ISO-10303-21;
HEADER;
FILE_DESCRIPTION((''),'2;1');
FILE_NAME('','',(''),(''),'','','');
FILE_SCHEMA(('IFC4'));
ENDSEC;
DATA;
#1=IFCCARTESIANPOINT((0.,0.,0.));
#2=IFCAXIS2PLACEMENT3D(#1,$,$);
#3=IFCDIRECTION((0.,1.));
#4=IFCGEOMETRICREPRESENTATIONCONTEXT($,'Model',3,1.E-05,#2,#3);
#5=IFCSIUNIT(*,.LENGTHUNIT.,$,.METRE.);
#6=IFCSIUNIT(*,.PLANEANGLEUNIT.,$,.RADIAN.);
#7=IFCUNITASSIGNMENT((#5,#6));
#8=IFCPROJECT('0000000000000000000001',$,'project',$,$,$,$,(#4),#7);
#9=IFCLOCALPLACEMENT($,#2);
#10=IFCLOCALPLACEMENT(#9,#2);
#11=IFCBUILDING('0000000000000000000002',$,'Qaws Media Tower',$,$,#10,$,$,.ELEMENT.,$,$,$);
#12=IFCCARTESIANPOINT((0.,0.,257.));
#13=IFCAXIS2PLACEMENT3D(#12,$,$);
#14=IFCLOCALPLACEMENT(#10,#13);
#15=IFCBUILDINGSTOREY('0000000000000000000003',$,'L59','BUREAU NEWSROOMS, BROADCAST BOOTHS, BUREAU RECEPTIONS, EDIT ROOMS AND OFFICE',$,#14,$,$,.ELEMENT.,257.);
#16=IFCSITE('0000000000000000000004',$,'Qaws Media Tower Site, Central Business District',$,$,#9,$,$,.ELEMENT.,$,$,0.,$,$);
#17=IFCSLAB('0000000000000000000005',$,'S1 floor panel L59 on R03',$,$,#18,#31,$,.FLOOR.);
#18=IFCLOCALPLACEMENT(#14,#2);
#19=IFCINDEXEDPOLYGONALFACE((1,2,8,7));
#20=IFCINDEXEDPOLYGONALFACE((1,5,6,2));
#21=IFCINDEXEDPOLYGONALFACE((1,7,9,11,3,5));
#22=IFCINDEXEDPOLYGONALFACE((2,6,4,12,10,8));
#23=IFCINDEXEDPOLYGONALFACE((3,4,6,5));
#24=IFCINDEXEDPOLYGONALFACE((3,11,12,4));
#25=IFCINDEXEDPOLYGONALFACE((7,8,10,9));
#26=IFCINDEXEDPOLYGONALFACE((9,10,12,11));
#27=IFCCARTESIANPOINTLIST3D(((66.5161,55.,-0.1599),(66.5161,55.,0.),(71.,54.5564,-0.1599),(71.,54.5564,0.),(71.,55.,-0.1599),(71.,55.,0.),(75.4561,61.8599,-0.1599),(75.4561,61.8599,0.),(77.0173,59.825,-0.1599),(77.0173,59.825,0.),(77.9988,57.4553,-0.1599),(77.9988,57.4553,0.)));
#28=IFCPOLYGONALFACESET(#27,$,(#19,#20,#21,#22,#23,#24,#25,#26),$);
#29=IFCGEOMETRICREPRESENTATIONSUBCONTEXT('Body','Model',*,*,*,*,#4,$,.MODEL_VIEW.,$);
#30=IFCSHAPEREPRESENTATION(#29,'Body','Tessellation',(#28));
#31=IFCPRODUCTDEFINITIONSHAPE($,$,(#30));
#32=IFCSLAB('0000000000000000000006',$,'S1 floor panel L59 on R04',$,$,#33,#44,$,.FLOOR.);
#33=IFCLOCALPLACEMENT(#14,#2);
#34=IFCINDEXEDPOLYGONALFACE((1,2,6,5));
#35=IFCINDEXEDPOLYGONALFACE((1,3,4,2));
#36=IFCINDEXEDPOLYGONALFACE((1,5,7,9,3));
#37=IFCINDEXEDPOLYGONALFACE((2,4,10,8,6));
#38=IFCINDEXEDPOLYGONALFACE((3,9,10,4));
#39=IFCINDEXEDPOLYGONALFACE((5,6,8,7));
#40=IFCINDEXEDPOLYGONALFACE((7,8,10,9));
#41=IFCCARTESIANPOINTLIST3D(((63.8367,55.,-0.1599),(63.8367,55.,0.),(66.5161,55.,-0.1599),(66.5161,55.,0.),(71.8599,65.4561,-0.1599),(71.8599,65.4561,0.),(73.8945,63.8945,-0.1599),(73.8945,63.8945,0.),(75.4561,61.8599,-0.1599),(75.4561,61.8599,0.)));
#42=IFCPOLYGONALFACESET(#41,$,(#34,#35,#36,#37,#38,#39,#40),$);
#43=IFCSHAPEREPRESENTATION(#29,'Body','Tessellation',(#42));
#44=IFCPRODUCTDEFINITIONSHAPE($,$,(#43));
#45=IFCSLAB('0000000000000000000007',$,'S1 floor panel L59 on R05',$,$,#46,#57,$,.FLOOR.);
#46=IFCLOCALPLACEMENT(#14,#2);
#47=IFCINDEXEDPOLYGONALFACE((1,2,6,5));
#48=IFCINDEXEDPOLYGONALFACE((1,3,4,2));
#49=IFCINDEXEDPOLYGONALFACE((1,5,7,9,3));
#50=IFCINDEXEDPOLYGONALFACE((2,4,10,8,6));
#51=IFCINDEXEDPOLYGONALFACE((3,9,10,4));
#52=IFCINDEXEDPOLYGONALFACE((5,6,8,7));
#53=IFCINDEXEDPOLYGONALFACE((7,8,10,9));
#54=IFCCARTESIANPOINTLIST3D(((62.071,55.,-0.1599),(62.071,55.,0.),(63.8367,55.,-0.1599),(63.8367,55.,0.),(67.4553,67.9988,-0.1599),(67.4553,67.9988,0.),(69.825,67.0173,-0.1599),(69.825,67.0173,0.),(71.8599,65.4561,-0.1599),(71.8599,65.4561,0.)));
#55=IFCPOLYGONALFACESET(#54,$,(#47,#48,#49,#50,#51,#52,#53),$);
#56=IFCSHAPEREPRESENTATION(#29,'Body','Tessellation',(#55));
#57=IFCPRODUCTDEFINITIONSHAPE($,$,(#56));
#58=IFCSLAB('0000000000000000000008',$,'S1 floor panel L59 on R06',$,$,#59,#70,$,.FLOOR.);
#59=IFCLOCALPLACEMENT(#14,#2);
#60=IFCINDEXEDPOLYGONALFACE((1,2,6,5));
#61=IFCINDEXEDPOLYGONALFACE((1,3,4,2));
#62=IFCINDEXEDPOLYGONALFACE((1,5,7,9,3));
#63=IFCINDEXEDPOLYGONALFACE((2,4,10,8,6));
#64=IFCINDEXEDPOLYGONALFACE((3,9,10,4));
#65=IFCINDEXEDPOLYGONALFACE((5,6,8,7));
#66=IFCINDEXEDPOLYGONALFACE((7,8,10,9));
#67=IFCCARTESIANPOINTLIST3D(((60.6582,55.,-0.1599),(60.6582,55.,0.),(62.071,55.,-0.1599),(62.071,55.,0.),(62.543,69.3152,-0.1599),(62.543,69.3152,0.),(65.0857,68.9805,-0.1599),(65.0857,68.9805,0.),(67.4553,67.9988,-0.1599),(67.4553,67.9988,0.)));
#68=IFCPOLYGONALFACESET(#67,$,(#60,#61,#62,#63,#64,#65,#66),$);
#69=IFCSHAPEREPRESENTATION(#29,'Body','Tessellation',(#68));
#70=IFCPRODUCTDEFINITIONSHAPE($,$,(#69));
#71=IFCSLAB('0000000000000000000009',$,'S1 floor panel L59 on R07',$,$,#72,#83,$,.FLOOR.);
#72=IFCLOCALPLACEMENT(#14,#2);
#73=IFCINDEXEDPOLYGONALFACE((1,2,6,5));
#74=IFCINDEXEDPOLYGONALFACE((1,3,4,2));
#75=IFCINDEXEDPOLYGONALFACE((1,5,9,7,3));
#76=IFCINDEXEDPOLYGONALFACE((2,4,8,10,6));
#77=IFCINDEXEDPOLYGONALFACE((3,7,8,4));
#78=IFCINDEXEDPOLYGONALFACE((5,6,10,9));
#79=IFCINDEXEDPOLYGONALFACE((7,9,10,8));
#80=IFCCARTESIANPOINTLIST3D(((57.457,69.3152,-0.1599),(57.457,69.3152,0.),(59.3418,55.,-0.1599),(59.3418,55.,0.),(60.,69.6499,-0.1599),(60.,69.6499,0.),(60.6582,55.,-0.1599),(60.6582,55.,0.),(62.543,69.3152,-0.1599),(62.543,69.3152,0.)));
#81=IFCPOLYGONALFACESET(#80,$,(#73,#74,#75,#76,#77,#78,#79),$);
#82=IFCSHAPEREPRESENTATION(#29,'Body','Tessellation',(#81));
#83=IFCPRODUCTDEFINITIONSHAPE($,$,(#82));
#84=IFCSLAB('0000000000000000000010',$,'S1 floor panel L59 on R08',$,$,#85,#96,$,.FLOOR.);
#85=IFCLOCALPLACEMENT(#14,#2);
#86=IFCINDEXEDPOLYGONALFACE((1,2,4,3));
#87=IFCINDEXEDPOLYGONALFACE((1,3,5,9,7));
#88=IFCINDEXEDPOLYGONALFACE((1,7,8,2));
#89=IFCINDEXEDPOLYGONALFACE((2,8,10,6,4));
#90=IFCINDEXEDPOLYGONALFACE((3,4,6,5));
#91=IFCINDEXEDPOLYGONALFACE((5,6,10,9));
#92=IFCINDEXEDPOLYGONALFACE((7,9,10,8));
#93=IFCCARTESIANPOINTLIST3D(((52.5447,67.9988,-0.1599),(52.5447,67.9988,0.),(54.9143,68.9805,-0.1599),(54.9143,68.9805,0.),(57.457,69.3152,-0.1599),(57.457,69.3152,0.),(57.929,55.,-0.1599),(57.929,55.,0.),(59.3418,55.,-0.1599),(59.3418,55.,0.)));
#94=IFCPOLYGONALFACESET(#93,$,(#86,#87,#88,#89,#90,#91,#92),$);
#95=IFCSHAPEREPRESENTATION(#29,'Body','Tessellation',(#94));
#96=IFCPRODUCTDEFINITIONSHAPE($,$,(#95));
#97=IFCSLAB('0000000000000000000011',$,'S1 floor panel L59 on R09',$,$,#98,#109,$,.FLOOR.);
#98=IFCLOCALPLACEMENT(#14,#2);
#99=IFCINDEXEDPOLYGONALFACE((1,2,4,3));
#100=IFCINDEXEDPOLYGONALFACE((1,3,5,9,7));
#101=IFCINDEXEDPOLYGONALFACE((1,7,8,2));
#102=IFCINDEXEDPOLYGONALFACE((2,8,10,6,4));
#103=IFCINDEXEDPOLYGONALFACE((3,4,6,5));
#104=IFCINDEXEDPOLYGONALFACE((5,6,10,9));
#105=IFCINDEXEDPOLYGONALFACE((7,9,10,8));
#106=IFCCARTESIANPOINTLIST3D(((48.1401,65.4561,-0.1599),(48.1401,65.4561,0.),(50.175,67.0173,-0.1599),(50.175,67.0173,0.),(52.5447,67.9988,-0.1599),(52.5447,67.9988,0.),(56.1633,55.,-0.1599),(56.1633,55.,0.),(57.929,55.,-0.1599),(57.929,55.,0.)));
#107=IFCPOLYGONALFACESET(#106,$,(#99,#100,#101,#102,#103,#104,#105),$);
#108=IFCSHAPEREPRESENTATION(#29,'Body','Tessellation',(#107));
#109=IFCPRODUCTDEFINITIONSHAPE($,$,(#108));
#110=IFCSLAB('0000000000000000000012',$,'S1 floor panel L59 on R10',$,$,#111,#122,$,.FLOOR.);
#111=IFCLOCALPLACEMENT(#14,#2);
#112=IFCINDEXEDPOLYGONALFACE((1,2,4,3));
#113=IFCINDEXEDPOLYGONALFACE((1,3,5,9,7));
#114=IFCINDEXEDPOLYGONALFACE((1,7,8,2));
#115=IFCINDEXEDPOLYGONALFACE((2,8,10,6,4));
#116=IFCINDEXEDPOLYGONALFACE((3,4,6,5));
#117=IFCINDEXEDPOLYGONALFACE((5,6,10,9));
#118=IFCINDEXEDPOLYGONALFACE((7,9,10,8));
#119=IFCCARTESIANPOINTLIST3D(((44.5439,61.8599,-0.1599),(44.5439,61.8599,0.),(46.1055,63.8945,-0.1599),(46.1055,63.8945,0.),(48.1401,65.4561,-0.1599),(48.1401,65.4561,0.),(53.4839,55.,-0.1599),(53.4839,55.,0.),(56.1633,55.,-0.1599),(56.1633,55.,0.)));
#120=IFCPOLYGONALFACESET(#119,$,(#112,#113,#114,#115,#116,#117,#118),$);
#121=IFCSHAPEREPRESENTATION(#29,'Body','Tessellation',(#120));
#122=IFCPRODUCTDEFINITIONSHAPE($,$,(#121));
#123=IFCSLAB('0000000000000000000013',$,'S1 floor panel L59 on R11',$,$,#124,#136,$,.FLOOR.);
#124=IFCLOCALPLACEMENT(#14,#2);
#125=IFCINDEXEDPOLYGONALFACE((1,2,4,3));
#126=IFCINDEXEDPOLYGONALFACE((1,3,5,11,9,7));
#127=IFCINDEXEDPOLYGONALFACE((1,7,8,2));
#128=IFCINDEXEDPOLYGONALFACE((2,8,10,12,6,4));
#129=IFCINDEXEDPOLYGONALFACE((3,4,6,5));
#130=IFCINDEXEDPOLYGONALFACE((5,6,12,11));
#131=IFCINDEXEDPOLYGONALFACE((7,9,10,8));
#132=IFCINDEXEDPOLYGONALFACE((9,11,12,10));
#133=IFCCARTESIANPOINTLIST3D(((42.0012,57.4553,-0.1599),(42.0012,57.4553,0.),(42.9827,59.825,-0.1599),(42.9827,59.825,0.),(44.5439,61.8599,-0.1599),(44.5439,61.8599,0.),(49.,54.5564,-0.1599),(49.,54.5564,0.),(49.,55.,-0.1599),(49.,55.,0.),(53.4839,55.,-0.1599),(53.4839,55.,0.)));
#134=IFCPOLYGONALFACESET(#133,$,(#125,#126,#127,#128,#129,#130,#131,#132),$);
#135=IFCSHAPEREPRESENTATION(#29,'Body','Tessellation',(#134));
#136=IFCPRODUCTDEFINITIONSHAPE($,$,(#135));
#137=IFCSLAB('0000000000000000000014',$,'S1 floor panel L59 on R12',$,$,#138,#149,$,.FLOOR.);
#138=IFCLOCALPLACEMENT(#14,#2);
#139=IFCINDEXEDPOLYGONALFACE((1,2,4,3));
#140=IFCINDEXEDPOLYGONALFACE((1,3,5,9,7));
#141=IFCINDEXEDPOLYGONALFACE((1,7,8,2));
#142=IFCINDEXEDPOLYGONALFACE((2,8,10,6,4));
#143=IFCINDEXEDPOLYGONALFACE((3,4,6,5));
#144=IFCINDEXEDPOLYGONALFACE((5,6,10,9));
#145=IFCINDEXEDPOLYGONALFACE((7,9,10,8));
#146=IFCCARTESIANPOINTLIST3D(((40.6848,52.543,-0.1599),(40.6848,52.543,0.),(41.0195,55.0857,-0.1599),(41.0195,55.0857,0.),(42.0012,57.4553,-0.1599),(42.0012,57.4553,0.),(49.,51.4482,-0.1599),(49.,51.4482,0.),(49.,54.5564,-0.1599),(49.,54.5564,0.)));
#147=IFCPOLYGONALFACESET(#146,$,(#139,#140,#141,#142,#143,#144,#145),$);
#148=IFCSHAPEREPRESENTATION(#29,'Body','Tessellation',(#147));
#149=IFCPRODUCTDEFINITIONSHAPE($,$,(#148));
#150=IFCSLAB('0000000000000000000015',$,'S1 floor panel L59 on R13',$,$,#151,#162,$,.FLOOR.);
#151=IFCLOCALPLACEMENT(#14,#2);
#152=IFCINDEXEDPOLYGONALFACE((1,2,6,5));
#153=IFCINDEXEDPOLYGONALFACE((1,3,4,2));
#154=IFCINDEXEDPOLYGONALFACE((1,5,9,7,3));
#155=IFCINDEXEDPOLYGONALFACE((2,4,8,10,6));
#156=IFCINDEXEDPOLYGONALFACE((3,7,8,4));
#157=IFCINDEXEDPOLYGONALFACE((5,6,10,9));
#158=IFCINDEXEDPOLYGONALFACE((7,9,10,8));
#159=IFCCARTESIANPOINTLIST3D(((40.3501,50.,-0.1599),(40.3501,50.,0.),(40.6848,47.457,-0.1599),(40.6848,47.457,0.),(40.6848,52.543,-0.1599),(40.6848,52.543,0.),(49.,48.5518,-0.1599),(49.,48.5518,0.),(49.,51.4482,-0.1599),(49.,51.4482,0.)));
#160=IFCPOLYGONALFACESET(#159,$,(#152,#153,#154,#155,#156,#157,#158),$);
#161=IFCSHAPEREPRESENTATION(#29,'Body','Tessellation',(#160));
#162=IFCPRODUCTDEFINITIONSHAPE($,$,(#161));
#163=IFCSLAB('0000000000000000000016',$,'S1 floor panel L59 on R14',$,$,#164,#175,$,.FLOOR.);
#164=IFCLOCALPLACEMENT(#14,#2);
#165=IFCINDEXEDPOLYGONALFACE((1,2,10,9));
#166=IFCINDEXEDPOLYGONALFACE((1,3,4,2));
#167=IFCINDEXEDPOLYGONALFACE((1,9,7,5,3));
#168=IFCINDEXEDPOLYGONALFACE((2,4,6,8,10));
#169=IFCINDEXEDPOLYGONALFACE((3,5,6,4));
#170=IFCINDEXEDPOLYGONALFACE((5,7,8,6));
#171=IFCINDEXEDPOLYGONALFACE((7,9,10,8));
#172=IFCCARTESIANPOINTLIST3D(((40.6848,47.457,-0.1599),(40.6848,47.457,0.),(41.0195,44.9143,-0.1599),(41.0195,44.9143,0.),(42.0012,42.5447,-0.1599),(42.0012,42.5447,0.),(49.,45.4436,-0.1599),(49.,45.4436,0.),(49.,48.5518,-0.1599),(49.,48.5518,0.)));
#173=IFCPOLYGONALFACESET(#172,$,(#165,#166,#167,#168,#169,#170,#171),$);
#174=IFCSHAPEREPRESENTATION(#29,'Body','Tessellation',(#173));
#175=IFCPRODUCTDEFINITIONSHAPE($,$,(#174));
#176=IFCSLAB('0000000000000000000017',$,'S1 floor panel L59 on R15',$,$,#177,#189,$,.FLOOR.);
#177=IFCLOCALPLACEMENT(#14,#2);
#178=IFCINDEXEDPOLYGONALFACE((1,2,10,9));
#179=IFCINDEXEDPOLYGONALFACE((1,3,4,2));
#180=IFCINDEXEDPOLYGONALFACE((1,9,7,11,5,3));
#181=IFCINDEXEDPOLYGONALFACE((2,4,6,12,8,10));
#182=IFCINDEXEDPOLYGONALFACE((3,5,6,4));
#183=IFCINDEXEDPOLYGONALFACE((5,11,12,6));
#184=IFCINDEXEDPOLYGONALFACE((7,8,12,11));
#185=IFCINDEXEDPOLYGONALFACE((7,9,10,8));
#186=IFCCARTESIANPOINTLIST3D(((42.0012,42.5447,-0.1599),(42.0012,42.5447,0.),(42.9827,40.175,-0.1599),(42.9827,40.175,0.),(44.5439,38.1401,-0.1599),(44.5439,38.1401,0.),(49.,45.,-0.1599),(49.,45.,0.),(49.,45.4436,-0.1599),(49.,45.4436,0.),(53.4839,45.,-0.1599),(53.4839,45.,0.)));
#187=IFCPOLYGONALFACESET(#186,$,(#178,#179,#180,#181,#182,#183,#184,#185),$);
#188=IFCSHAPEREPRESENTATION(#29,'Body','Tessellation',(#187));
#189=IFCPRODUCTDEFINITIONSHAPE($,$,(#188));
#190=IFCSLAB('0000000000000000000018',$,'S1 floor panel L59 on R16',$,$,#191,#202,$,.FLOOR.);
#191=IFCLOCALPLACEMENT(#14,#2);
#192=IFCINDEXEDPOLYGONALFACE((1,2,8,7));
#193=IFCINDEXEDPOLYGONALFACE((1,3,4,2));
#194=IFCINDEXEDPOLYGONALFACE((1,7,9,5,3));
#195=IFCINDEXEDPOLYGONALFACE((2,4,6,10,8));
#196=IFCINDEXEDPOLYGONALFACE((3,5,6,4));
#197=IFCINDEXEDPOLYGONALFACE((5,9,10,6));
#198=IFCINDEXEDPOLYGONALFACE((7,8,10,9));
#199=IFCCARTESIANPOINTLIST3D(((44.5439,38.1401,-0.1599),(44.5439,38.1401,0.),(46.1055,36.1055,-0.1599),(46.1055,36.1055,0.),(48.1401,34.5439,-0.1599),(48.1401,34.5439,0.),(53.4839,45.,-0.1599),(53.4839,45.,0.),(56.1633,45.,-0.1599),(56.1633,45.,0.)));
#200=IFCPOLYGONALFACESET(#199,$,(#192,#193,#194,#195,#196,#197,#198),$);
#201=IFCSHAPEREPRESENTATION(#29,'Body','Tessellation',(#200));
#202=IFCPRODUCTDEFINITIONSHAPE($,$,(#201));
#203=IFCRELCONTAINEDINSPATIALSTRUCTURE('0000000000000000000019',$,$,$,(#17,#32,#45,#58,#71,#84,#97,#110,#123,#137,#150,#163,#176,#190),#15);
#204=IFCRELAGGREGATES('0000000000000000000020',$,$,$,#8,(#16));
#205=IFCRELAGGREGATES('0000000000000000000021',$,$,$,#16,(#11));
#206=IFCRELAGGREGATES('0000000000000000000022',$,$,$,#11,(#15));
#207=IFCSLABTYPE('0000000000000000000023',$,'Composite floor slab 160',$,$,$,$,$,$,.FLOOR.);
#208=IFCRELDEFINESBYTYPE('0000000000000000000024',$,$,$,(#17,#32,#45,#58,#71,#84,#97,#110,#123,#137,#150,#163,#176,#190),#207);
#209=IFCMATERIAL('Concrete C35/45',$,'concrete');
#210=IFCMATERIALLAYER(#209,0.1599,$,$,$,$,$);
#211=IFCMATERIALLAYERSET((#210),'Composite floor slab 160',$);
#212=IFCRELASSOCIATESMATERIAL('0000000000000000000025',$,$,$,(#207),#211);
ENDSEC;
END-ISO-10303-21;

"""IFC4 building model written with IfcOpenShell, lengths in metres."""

from ifc_helpers import new_model, si_unit, direction, frame, origin, place, context, subcontext, project, spatial, polyline, outline, extrude, material, layer, layer_set, type_object, element, save


model = new_model("IFC4")

# Units and contexts
model_context = context("Model", 3, precision=1e-05, world=origin(), true_north=direction((0.0, 1.0)))
body_context = subcontext(model_context, "Body", "Model", "MODEL_VIEW")
ifc_project = project(units=[si_unit("LENGTHUNIT", "METRE"), si_unit("PLANEANGLEUNIT", "RADIAN")], contexts=[model_context])

# Site, building, storey
site_placement = place(None, origin())
site = spatial("IfcSite", under=ifc_project, at=site_placement, Name="Qaws Media Tower Site, Central Business District", CompositionType="ELEMENT", RefElevation=0.0)
building_placement = place(site_placement, origin())
building = spatial("IfcBuilding", under=site, at=building_placement, Name="Qaws Media Tower", CompositionType="ELEMENT")
storey_placement = place(building_placement, frame((0.0, 0.0, 257.0)))
storey = spatial("IfcBuildingStorey", under=building, at=storey_placement, Name="L59", Description="BUREAU NEWSROOMS, BROADCAST BOOTHS, BUREAU RECEPTIONS, EDIT ROOMS AND OFFICE", CompositionType="ELEMENT", Elevation=257.0)

# Slabs
ifc_material_1 = material(Name="Concrete C35/45", Category="concrete")
ifc_layer_1 = layer(ifc_material_1, 0.1599)
ifc_layer_set_1 = layer_set([ifc_layer_1], Name="Composite floor slab 160")
slab_type_1 = type_object("IfcSlabType", Name="Composite floor slab 160", PredefinedType="FLOOR", material=ifc_layer_set_1)
slab_1_placement = place(storey_placement, frame((0.0, 0.0, -0.1599)))
element("IfcSlab", 1, at=slab_1_placement, inside=storey, type_object=slab_type_1, Name="S1 floor panel L59 on R03", PredefinedType="FLOOR", context=body_context, shape_type="SweptSolid", body=[
    extrude(outline(polyline([(77.0173, 59.825), (77.9988, 57.4553), (71.0, 54.5564), (71.0, 55.0), (66.5161, 55.0), (75.4561, 61.8599), (77.0173, 59.825)])), origin(), (0.0, 0.0, 1.0), 0.1599),
])
slab_2_placement = place(storey_placement, frame((0.0, 0.0, -0.1599)))
element("IfcSlab", 2, at=slab_2_placement, inside=storey, type_object=slab_type_1, Name="S1 floor panel L59 on R04", PredefinedType="FLOOR", context=body_context, shape_type="SweptSolid", body=[
    extrude(outline(polyline([(73.8945, 63.8945), (75.4561, 61.8599), (66.5161, 55.0), (63.8367, 55.0), (71.8599, 65.4561), (73.8945, 63.8945)])), origin(), (0.0, 0.0, 1.0), 0.1599),
])
slab_3_placement = place(storey_placement, frame((0.0, 0.0, -0.1599)))
element("IfcSlab", 3, at=slab_3_placement, inside=storey, type_object=slab_type_1, Name="S1 floor panel L59 on R05", PredefinedType="FLOOR", context=body_context, shape_type="SweptSolid", body=[
    extrude(outline(polyline([(69.825, 67.0173), (71.8599, 65.4561), (63.8367, 55.0), (62.071, 55.0), (67.4553, 67.9988), (69.825, 67.0173)])), origin(), (0.0, 0.0, 1.0), 0.1599),
])
slab_4_placement = place(storey_placement, frame((0.0, 0.0, -0.1599)))
element("IfcSlab", 4, at=slab_4_placement, inside=storey, type_object=slab_type_1, Name="S1 floor panel L59 on R06", PredefinedType="FLOOR", context=body_context, shape_type="SweptSolid", body=[
    extrude(outline(polyline([(65.0857, 68.9805), (67.4553, 67.9988), (62.071, 55.0), (60.6582, 55.0), (62.543, 69.3152), (65.0857, 68.9805)])), origin(), (0.0, 0.0, 1.0), 0.1599),
])
slab_5_placement = place(storey_placement, frame((0.0, 0.0, -0.1599)))
element("IfcSlab", 5, at=slab_5_placement, inside=storey, type_object=slab_type_1, Name="S1 floor panel L59 on R07", PredefinedType="FLOOR", context=body_context, shape_type="SweptSolid", body=[
    extrude(outline(polyline([(60.0, 69.6499), (62.543, 69.3152), (60.6582, 55.0), (59.3418, 55.0), (57.457, 69.3152), (60.0, 69.6499)])), origin(), (0.0, 0.0, 1.0), 0.1599),
])
slab_6_placement = place(storey_placement, frame((0.0, 0.0, -0.1599)))
element("IfcSlab", 6, at=slab_6_placement, inside=storey, type_object=slab_type_1, Name="S1 floor panel L59 on R08", PredefinedType="FLOOR", context=body_context, shape_type="SweptSolid", body=[
    extrude(outline(polyline([(54.9143, 68.9805), (57.457, 69.3152), (59.3418, 55.0), (57.929, 55.0), (52.5447, 67.9988), (54.9143, 68.9805)])), origin(), (0.0, 0.0, 1.0), 0.1599),
])
slab_7_placement = place(storey_placement, frame((0.0, 0.0, -0.1599)))
element("IfcSlab", 7, at=slab_7_placement, inside=storey, type_object=slab_type_1, Name="S1 floor panel L59 on R09", PredefinedType="FLOOR", context=body_context, shape_type="SweptSolid", body=[
    extrude(outline(polyline([(50.175, 67.0173), (52.5447, 67.9988), (57.929, 55.0), (56.1633, 55.0), (48.1401, 65.4561), (50.175, 67.0173)])), origin(), (0.0, 0.0, 1.0), 0.1599),
])
slab_8_placement = place(storey_placement, frame((0.0, 0.0, -0.1599)))
element("IfcSlab", 8, at=slab_8_placement, inside=storey, type_object=slab_type_1, Name="S1 floor panel L59 on R10", PredefinedType="FLOOR", context=body_context, shape_type="SweptSolid", body=[
    extrude(outline(polyline([(46.1055, 63.8945), (48.1401, 65.4561), (56.1633, 55.0), (53.4839, 55.0), (44.5439, 61.8599), (46.1055, 63.8945)])), origin(), (0.0, 0.0, 1.0), 0.1599),
])
slab_9_placement = place(storey_placement, frame((0.0, 0.0, -0.1599)))
element("IfcSlab", 9, at=slab_9_placement, inside=storey, type_object=slab_type_1, Name="S1 floor panel L59 on R11", PredefinedType="FLOOR", context=body_context, shape_type="SweptSolid", body=[
    extrude(outline(polyline([(42.9827, 59.825), (44.5439, 61.8599), (53.4839, 55.0), (49.0, 55.0), (49.0, 54.5564), (42.0012, 57.4553), (42.9827, 59.825)])), origin(), (0.0, 0.0, 1.0), 0.1599),
])
slab_10_placement = place(storey_placement, frame((0.0, 0.0, -0.1599)))
element("IfcSlab", 10, at=slab_10_placement, inside=storey, type_object=slab_type_1, Name="S1 floor panel L59 on R12", PredefinedType="FLOOR", context=body_context, shape_type="SweptSolid", body=[
    extrude(outline(polyline([(41.0195, 55.0857), (42.0012, 57.4553), (49.0, 54.5564), (49.0, 51.4482), (40.6848, 52.543), (41.0195, 55.0857)])), origin(), (0.0, 0.0, 1.0), 0.1599),
])
slab_11_placement = place(storey_placement, frame((0.0, 0.0, -0.1599)))
element("IfcSlab", 11, at=slab_11_placement, inside=storey, type_object=slab_type_1, Name="S1 floor panel L59 on R13", PredefinedType="FLOOR", context=body_context, shape_type="SweptSolid", body=[
    extrude(outline(polyline([(40.3501, 50.0), (40.6848, 52.543), (49.0, 51.4482), (49.0, 48.5518), (40.6848, 47.457), (40.3501, 50.0)])), origin(), (0.0, 0.0, 1.0), 0.1599),
])
slab_12_placement = place(storey_placement, frame((0.0, 0.0, -0.1599)))
element("IfcSlab", 12, at=slab_12_placement, inside=storey, type_object=slab_type_1, Name="S1 floor panel L59 on R14", PredefinedType="FLOOR", context=body_context, shape_type="SweptSolid", body=[
    extrude(outline(polyline([(41.0195, 44.9143), (40.6848, 47.457), (49.0, 48.5518), (49.0, 45.4436), (42.0012, 42.5447), (41.0195, 44.9143)])), origin(), (0.0, 0.0, 1.0), 0.1599),
])
slab_13_placement = place(storey_placement, frame((0.0, 0.0, -0.1599)))
element("IfcSlab", 13, at=slab_13_placement, inside=storey, type_object=slab_type_1, Name="S1 floor panel L59 on R15", PredefinedType="FLOOR", context=body_context, shape_type="SweptSolid", body=[
    extrude(outline(polyline([(42.9827, 40.175), (42.0012, 42.5447), (49.0, 45.4436), (49.0, 45.0), (53.4839, 45.0), (44.5439, 38.1401), (42.9827, 40.175)])), origin(), (0.0, 0.0, 1.0), 0.1599),
])
slab_14_placement = place(storey_placement, frame((0.0, 0.0, -0.1599)))
element("IfcSlab", 14, at=slab_14_placement, inside=storey, type_object=slab_type_1, Name="S1 floor panel L59 on R16", PredefinedType="FLOOR", context=body_context, shape_type="SweptSolid", body=[
    extrude(outline(polyline([(46.1055, 36.1055), (44.5439, 38.1401), (53.4839, 45.0), (56.1633, 45.0), (48.1401, 34.5439), (46.1055, 36.1055)])), origin(), (0.0, 0.0, 1.0), 0.1599),
])

save(model, "model.ifc")
